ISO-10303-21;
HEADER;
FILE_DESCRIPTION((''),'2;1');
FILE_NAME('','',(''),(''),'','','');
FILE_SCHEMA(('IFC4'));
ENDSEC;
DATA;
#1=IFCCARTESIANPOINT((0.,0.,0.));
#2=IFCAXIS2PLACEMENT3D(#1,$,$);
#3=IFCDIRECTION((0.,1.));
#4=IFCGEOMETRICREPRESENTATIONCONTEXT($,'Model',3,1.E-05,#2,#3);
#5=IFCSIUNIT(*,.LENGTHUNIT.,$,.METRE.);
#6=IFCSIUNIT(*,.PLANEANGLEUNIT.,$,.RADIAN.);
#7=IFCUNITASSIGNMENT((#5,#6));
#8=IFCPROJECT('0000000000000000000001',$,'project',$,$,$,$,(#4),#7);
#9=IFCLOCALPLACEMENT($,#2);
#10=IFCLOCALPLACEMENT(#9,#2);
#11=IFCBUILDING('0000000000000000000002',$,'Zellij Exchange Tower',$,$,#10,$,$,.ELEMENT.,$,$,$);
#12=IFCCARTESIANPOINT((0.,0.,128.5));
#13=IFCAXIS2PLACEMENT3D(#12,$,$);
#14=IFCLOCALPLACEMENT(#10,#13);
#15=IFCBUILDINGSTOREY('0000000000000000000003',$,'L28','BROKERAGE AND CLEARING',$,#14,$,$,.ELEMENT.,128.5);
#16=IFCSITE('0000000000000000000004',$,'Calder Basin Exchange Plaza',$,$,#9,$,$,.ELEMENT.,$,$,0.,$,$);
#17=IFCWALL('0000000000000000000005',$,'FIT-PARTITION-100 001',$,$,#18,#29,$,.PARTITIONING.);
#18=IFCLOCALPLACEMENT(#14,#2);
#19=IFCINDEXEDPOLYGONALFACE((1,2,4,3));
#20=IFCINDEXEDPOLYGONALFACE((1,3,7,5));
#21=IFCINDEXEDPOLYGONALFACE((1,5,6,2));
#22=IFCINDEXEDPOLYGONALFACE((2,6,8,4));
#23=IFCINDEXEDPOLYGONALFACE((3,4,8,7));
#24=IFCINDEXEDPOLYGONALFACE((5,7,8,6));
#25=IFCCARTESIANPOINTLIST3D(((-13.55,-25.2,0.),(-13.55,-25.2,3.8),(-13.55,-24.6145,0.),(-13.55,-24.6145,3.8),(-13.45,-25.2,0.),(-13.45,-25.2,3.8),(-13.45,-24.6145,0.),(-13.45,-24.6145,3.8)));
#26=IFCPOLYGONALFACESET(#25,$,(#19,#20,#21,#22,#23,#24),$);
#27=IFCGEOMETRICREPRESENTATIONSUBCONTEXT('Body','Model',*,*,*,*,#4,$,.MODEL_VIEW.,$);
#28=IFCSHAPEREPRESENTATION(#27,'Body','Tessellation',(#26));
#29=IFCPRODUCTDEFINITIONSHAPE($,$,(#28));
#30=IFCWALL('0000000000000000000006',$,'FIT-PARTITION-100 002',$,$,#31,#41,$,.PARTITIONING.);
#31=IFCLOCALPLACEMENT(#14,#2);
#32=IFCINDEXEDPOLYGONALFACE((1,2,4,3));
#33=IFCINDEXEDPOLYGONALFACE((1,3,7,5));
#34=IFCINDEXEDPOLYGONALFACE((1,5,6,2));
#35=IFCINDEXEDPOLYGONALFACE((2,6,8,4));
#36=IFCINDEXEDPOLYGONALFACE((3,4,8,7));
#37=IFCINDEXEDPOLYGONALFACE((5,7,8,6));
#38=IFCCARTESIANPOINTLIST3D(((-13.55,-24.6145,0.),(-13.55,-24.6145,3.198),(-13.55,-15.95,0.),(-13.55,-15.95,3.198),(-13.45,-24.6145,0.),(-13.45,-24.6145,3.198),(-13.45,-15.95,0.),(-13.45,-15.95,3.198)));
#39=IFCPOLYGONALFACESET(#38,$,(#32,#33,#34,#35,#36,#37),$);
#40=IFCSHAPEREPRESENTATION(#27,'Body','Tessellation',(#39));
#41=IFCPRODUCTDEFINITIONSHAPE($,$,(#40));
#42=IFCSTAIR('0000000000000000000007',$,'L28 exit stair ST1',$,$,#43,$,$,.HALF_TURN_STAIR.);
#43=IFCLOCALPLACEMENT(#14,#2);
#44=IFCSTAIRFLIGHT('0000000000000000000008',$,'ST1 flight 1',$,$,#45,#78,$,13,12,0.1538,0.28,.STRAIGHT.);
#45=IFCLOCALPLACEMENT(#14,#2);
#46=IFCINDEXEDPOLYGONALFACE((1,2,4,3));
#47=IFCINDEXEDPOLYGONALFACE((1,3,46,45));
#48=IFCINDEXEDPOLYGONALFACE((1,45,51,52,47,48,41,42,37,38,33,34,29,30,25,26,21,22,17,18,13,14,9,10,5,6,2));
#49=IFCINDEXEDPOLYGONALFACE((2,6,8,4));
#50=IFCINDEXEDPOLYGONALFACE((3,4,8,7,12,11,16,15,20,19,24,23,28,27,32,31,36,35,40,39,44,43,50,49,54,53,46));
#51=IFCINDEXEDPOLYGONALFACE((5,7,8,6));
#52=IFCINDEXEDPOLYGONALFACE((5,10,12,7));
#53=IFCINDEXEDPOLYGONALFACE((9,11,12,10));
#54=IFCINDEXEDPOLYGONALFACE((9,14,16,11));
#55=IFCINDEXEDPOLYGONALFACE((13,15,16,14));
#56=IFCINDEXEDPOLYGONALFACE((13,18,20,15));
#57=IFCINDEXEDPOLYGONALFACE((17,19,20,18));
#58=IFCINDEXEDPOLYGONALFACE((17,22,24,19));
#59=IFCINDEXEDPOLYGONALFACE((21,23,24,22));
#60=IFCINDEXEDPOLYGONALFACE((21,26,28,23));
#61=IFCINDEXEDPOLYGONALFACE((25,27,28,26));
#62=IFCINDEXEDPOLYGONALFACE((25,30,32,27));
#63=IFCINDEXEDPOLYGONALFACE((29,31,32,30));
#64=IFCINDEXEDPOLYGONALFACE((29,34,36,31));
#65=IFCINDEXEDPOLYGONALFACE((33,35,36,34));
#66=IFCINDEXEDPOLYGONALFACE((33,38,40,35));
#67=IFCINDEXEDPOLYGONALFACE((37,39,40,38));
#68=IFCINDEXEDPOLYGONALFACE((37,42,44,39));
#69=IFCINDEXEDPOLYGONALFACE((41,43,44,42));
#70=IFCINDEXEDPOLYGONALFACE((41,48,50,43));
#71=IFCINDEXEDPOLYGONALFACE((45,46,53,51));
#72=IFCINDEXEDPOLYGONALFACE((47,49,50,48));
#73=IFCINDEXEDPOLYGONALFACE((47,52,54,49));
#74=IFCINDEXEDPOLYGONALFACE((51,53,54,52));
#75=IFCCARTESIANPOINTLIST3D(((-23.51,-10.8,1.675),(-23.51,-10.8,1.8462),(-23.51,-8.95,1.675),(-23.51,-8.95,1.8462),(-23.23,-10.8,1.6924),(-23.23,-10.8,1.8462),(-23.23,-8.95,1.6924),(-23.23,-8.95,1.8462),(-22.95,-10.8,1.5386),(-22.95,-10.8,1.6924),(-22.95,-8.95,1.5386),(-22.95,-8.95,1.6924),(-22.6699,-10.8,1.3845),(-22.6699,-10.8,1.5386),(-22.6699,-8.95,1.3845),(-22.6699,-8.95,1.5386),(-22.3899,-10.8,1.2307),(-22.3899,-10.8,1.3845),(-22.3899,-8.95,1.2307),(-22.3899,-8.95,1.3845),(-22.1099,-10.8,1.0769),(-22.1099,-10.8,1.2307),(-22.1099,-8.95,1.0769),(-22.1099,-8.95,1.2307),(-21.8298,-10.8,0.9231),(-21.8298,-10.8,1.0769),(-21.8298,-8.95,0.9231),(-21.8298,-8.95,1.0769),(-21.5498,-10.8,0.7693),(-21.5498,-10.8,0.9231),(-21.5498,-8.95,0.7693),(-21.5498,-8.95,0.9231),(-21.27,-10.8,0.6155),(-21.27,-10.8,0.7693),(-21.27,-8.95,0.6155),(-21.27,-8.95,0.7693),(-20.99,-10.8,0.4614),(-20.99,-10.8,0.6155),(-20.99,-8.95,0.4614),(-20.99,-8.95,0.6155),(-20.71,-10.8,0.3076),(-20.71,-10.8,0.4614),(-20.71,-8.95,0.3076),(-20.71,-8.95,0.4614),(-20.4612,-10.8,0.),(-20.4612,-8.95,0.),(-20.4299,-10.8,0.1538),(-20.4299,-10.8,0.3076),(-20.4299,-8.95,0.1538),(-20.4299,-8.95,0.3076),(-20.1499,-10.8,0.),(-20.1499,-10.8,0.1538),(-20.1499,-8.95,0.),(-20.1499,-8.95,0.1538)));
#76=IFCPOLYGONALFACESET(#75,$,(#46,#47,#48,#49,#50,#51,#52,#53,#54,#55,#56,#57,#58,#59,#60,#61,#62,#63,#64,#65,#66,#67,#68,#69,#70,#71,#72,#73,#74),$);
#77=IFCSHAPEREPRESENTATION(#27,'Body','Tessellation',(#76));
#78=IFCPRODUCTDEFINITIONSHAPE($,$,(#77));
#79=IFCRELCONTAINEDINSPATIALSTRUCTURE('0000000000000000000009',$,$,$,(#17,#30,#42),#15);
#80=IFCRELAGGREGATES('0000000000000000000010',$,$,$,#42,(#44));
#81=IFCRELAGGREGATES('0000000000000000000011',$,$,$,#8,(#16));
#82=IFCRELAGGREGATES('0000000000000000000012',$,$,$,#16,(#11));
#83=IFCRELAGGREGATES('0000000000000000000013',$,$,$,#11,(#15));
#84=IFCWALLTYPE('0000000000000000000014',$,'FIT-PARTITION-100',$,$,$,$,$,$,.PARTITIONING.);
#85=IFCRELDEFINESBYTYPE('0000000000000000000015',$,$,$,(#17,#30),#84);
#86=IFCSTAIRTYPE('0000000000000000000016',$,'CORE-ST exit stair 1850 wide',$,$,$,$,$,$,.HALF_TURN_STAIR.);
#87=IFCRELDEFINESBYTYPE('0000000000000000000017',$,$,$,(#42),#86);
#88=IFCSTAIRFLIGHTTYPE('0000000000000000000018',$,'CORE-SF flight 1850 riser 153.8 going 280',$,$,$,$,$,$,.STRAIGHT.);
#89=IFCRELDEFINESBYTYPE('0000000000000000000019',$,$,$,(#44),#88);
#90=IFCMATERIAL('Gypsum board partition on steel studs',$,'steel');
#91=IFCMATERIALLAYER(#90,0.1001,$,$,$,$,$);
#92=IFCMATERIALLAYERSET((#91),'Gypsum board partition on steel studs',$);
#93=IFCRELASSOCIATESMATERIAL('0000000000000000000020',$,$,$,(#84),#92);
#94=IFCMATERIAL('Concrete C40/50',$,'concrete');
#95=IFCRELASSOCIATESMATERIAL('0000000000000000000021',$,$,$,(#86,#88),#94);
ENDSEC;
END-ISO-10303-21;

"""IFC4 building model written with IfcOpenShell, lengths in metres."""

from ifc_helpers import new_model, si_unit, direction, frame, frame_2d, origin, place, context, subcontext, project, spatial, polyline, rectangle, outline, extrude, material, layer, layer_set, type_object, element, aggregate, save


model = new_model("IFC4")

# Units and contexts
model_context = context("Model", 3, precision=1e-05, world=origin(), true_north=direction((0.0, 1.0)))
body_context = subcontext(model_context, "Body", "Model", "MODEL_VIEW")
ifc_project = project(units=[si_unit("LENGTHUNIT", "METRE"), si_unit("PLANEANGLEUNIT", "RADIAN")], contexts=[model_context])

# Site, building, storey
site_placement = place(None, origin())
site = spatial("IfcSite", under=ifc_project, at=site_placement, Name="Calder Basin Exchange Plaza", CompositionType="ELEMENT", RefElevation=0.0)
building_placement = place(site_placement, origin())
building = spatial("IfcBuilding", under=site, at=building_placement, Name="Zellij Exchange Tower", CompositionType="ELEMENT")
storey_placement = place(building_placement, frame((0.0, 0.0, 128.5)))
storey = spatial("IfcBuildingStorey", under=building, at=storey_placement, Name="L28", Description="BROKERAGE AND CLEARING", CompositionType="ELEMENT", Elevation=128.5)

# Walls
ifc_material_1 = material(Name="Gypsum board partition on steel studs", Category="steel")
ifc_layer_1 = layer(ifc_material_1, 0.1001)
ifc_layer_set_1 = layer_set([ifc_layer_1], Name="Gypsum board partition on steel studs")
wall_type_1 = type_object("IfcWallType", Name="FIT-PARTITION-100", PredefinedType="PARTITIONING", material=ifc_layer_set_1)
wall_1_placement = place(storey_placement, frame((-13.5, -25.2, 0.0), z_axis=(0.0, 0.0, 1.0), x_axis=(0.0, 1.0, 0.0)))
element("IfcWall", 1, at=wall_1_placement, inside=storey, type_object=wall_type_1, Name="FIT-PARTITION-100 001", PredefinedType="PARTITIONING", context=body_context, shape_type="SweptSolid", body=[
    extrude(rectangle(XDim=0.5854, YDim=0.1001, at=frame_2d((0.2927, 0.0))), origin(), (0.0, 0.0, 1.0), 3.8),
])
wall_2_placement = place(storey_placement, frame((-13.5, -24.6145, 0.0), z_axis=(0.0, 0.0, 1.0), x_axis=(0.0, 1.0, 0.0)))
element("IfcWall", 2, at=wall_2_placement, inside=storey, type_object=wall_type_1, Name="FIT-PARTITION-100 002", PredefinedType="PARTITIONING", context=body_context, shape_type="SweptSolid", body=[
    extrude(rectangle(XDim=8.6646, YDim=0.1001, at=frame_2d((4.3323, 0.0))), origin(), (0.0, 0.0, 1.0), 3.198),
])

# Stair, stair flight
ifc_material_2 = material(Name="Concrete C40/50", Category="concrete")
stair_type = type_object("IfcStairType", Name="CORE-ST exit stair 1850 wide", PredefinedType="HALF_TURN_STAIR", material=ifc_material_2)
stair_placement = place(storey_placement, origin())
stair = element("IfcStair", 3, at=stair_placement, inside=storey, type_object=stair_type, Name="L28 exit stair ST1", PredefinedType="HALF_TURN_STAIR")
stair_flight_type = type_object("IfcStairFlightType", Name="CORE-SF flight 1850 riser 153.8 going 280", PredefinedType="STRAIGHT", material=ifc_material_2)
stair_flight_placement = place(storey_placement, frame((-20.1499, -9.875, 0.0), z_axis=(0.0, 0.0, 1.0), x_axis=(-1.0, 0.0, 0.0)))
stair_flight = element("IfcStairFlight", 4, at=stair_flight_placement, type_object=stair_flight_type, Name="ST1 flight 1", NumberOfRisers=13, NumberOfTreads=12, PredefinedType="STRAIGHT", RiserHeight=0.1538, TreadLength=0.28, context=body_context, shape_type="SweptSolid", body=[
    extrude(outline(polyline([(0.0, 0.0), (0.0, 0.1538), (0.28, 0.1538), (0.28, 0.3076), (0.5601, 0.3076), (0.5601, 0.4614), (0.8401, 0.4614), (0.8401, 0.6155), (1.1201, 0.6155), (1.1201, 0.7693), (1.3999, 0.7693), (1.3999, 0.9231), (1.6799, 0.9231), (1.6799, 1.0769), (1.96, 1.0769), (1.96, 1.2307), (2.24, 1.2307), (2.24, 1.3845), (2.52, 1.3845), (2.52, 1.5386), (2.8, 1.5386), (2.8, 1.6924), (3.0801, 1.6924), (3.0801, 1.8462), (3.3601, 1.8462), (3.3601, 2.0), (3.3601, 1.675), (0.3113, 0.0), (0.0, 0.0)])), frame((0.0, 0.925, 0.0), z_axis=(0.0, -1.0, 0.0), x_axis=(1.0, 0.0, 0.0)), (0.0, 0.0, 1.0), 1.8501),
])
aggregate(stair, [stair_flight])

save(model, "model.ifc")
